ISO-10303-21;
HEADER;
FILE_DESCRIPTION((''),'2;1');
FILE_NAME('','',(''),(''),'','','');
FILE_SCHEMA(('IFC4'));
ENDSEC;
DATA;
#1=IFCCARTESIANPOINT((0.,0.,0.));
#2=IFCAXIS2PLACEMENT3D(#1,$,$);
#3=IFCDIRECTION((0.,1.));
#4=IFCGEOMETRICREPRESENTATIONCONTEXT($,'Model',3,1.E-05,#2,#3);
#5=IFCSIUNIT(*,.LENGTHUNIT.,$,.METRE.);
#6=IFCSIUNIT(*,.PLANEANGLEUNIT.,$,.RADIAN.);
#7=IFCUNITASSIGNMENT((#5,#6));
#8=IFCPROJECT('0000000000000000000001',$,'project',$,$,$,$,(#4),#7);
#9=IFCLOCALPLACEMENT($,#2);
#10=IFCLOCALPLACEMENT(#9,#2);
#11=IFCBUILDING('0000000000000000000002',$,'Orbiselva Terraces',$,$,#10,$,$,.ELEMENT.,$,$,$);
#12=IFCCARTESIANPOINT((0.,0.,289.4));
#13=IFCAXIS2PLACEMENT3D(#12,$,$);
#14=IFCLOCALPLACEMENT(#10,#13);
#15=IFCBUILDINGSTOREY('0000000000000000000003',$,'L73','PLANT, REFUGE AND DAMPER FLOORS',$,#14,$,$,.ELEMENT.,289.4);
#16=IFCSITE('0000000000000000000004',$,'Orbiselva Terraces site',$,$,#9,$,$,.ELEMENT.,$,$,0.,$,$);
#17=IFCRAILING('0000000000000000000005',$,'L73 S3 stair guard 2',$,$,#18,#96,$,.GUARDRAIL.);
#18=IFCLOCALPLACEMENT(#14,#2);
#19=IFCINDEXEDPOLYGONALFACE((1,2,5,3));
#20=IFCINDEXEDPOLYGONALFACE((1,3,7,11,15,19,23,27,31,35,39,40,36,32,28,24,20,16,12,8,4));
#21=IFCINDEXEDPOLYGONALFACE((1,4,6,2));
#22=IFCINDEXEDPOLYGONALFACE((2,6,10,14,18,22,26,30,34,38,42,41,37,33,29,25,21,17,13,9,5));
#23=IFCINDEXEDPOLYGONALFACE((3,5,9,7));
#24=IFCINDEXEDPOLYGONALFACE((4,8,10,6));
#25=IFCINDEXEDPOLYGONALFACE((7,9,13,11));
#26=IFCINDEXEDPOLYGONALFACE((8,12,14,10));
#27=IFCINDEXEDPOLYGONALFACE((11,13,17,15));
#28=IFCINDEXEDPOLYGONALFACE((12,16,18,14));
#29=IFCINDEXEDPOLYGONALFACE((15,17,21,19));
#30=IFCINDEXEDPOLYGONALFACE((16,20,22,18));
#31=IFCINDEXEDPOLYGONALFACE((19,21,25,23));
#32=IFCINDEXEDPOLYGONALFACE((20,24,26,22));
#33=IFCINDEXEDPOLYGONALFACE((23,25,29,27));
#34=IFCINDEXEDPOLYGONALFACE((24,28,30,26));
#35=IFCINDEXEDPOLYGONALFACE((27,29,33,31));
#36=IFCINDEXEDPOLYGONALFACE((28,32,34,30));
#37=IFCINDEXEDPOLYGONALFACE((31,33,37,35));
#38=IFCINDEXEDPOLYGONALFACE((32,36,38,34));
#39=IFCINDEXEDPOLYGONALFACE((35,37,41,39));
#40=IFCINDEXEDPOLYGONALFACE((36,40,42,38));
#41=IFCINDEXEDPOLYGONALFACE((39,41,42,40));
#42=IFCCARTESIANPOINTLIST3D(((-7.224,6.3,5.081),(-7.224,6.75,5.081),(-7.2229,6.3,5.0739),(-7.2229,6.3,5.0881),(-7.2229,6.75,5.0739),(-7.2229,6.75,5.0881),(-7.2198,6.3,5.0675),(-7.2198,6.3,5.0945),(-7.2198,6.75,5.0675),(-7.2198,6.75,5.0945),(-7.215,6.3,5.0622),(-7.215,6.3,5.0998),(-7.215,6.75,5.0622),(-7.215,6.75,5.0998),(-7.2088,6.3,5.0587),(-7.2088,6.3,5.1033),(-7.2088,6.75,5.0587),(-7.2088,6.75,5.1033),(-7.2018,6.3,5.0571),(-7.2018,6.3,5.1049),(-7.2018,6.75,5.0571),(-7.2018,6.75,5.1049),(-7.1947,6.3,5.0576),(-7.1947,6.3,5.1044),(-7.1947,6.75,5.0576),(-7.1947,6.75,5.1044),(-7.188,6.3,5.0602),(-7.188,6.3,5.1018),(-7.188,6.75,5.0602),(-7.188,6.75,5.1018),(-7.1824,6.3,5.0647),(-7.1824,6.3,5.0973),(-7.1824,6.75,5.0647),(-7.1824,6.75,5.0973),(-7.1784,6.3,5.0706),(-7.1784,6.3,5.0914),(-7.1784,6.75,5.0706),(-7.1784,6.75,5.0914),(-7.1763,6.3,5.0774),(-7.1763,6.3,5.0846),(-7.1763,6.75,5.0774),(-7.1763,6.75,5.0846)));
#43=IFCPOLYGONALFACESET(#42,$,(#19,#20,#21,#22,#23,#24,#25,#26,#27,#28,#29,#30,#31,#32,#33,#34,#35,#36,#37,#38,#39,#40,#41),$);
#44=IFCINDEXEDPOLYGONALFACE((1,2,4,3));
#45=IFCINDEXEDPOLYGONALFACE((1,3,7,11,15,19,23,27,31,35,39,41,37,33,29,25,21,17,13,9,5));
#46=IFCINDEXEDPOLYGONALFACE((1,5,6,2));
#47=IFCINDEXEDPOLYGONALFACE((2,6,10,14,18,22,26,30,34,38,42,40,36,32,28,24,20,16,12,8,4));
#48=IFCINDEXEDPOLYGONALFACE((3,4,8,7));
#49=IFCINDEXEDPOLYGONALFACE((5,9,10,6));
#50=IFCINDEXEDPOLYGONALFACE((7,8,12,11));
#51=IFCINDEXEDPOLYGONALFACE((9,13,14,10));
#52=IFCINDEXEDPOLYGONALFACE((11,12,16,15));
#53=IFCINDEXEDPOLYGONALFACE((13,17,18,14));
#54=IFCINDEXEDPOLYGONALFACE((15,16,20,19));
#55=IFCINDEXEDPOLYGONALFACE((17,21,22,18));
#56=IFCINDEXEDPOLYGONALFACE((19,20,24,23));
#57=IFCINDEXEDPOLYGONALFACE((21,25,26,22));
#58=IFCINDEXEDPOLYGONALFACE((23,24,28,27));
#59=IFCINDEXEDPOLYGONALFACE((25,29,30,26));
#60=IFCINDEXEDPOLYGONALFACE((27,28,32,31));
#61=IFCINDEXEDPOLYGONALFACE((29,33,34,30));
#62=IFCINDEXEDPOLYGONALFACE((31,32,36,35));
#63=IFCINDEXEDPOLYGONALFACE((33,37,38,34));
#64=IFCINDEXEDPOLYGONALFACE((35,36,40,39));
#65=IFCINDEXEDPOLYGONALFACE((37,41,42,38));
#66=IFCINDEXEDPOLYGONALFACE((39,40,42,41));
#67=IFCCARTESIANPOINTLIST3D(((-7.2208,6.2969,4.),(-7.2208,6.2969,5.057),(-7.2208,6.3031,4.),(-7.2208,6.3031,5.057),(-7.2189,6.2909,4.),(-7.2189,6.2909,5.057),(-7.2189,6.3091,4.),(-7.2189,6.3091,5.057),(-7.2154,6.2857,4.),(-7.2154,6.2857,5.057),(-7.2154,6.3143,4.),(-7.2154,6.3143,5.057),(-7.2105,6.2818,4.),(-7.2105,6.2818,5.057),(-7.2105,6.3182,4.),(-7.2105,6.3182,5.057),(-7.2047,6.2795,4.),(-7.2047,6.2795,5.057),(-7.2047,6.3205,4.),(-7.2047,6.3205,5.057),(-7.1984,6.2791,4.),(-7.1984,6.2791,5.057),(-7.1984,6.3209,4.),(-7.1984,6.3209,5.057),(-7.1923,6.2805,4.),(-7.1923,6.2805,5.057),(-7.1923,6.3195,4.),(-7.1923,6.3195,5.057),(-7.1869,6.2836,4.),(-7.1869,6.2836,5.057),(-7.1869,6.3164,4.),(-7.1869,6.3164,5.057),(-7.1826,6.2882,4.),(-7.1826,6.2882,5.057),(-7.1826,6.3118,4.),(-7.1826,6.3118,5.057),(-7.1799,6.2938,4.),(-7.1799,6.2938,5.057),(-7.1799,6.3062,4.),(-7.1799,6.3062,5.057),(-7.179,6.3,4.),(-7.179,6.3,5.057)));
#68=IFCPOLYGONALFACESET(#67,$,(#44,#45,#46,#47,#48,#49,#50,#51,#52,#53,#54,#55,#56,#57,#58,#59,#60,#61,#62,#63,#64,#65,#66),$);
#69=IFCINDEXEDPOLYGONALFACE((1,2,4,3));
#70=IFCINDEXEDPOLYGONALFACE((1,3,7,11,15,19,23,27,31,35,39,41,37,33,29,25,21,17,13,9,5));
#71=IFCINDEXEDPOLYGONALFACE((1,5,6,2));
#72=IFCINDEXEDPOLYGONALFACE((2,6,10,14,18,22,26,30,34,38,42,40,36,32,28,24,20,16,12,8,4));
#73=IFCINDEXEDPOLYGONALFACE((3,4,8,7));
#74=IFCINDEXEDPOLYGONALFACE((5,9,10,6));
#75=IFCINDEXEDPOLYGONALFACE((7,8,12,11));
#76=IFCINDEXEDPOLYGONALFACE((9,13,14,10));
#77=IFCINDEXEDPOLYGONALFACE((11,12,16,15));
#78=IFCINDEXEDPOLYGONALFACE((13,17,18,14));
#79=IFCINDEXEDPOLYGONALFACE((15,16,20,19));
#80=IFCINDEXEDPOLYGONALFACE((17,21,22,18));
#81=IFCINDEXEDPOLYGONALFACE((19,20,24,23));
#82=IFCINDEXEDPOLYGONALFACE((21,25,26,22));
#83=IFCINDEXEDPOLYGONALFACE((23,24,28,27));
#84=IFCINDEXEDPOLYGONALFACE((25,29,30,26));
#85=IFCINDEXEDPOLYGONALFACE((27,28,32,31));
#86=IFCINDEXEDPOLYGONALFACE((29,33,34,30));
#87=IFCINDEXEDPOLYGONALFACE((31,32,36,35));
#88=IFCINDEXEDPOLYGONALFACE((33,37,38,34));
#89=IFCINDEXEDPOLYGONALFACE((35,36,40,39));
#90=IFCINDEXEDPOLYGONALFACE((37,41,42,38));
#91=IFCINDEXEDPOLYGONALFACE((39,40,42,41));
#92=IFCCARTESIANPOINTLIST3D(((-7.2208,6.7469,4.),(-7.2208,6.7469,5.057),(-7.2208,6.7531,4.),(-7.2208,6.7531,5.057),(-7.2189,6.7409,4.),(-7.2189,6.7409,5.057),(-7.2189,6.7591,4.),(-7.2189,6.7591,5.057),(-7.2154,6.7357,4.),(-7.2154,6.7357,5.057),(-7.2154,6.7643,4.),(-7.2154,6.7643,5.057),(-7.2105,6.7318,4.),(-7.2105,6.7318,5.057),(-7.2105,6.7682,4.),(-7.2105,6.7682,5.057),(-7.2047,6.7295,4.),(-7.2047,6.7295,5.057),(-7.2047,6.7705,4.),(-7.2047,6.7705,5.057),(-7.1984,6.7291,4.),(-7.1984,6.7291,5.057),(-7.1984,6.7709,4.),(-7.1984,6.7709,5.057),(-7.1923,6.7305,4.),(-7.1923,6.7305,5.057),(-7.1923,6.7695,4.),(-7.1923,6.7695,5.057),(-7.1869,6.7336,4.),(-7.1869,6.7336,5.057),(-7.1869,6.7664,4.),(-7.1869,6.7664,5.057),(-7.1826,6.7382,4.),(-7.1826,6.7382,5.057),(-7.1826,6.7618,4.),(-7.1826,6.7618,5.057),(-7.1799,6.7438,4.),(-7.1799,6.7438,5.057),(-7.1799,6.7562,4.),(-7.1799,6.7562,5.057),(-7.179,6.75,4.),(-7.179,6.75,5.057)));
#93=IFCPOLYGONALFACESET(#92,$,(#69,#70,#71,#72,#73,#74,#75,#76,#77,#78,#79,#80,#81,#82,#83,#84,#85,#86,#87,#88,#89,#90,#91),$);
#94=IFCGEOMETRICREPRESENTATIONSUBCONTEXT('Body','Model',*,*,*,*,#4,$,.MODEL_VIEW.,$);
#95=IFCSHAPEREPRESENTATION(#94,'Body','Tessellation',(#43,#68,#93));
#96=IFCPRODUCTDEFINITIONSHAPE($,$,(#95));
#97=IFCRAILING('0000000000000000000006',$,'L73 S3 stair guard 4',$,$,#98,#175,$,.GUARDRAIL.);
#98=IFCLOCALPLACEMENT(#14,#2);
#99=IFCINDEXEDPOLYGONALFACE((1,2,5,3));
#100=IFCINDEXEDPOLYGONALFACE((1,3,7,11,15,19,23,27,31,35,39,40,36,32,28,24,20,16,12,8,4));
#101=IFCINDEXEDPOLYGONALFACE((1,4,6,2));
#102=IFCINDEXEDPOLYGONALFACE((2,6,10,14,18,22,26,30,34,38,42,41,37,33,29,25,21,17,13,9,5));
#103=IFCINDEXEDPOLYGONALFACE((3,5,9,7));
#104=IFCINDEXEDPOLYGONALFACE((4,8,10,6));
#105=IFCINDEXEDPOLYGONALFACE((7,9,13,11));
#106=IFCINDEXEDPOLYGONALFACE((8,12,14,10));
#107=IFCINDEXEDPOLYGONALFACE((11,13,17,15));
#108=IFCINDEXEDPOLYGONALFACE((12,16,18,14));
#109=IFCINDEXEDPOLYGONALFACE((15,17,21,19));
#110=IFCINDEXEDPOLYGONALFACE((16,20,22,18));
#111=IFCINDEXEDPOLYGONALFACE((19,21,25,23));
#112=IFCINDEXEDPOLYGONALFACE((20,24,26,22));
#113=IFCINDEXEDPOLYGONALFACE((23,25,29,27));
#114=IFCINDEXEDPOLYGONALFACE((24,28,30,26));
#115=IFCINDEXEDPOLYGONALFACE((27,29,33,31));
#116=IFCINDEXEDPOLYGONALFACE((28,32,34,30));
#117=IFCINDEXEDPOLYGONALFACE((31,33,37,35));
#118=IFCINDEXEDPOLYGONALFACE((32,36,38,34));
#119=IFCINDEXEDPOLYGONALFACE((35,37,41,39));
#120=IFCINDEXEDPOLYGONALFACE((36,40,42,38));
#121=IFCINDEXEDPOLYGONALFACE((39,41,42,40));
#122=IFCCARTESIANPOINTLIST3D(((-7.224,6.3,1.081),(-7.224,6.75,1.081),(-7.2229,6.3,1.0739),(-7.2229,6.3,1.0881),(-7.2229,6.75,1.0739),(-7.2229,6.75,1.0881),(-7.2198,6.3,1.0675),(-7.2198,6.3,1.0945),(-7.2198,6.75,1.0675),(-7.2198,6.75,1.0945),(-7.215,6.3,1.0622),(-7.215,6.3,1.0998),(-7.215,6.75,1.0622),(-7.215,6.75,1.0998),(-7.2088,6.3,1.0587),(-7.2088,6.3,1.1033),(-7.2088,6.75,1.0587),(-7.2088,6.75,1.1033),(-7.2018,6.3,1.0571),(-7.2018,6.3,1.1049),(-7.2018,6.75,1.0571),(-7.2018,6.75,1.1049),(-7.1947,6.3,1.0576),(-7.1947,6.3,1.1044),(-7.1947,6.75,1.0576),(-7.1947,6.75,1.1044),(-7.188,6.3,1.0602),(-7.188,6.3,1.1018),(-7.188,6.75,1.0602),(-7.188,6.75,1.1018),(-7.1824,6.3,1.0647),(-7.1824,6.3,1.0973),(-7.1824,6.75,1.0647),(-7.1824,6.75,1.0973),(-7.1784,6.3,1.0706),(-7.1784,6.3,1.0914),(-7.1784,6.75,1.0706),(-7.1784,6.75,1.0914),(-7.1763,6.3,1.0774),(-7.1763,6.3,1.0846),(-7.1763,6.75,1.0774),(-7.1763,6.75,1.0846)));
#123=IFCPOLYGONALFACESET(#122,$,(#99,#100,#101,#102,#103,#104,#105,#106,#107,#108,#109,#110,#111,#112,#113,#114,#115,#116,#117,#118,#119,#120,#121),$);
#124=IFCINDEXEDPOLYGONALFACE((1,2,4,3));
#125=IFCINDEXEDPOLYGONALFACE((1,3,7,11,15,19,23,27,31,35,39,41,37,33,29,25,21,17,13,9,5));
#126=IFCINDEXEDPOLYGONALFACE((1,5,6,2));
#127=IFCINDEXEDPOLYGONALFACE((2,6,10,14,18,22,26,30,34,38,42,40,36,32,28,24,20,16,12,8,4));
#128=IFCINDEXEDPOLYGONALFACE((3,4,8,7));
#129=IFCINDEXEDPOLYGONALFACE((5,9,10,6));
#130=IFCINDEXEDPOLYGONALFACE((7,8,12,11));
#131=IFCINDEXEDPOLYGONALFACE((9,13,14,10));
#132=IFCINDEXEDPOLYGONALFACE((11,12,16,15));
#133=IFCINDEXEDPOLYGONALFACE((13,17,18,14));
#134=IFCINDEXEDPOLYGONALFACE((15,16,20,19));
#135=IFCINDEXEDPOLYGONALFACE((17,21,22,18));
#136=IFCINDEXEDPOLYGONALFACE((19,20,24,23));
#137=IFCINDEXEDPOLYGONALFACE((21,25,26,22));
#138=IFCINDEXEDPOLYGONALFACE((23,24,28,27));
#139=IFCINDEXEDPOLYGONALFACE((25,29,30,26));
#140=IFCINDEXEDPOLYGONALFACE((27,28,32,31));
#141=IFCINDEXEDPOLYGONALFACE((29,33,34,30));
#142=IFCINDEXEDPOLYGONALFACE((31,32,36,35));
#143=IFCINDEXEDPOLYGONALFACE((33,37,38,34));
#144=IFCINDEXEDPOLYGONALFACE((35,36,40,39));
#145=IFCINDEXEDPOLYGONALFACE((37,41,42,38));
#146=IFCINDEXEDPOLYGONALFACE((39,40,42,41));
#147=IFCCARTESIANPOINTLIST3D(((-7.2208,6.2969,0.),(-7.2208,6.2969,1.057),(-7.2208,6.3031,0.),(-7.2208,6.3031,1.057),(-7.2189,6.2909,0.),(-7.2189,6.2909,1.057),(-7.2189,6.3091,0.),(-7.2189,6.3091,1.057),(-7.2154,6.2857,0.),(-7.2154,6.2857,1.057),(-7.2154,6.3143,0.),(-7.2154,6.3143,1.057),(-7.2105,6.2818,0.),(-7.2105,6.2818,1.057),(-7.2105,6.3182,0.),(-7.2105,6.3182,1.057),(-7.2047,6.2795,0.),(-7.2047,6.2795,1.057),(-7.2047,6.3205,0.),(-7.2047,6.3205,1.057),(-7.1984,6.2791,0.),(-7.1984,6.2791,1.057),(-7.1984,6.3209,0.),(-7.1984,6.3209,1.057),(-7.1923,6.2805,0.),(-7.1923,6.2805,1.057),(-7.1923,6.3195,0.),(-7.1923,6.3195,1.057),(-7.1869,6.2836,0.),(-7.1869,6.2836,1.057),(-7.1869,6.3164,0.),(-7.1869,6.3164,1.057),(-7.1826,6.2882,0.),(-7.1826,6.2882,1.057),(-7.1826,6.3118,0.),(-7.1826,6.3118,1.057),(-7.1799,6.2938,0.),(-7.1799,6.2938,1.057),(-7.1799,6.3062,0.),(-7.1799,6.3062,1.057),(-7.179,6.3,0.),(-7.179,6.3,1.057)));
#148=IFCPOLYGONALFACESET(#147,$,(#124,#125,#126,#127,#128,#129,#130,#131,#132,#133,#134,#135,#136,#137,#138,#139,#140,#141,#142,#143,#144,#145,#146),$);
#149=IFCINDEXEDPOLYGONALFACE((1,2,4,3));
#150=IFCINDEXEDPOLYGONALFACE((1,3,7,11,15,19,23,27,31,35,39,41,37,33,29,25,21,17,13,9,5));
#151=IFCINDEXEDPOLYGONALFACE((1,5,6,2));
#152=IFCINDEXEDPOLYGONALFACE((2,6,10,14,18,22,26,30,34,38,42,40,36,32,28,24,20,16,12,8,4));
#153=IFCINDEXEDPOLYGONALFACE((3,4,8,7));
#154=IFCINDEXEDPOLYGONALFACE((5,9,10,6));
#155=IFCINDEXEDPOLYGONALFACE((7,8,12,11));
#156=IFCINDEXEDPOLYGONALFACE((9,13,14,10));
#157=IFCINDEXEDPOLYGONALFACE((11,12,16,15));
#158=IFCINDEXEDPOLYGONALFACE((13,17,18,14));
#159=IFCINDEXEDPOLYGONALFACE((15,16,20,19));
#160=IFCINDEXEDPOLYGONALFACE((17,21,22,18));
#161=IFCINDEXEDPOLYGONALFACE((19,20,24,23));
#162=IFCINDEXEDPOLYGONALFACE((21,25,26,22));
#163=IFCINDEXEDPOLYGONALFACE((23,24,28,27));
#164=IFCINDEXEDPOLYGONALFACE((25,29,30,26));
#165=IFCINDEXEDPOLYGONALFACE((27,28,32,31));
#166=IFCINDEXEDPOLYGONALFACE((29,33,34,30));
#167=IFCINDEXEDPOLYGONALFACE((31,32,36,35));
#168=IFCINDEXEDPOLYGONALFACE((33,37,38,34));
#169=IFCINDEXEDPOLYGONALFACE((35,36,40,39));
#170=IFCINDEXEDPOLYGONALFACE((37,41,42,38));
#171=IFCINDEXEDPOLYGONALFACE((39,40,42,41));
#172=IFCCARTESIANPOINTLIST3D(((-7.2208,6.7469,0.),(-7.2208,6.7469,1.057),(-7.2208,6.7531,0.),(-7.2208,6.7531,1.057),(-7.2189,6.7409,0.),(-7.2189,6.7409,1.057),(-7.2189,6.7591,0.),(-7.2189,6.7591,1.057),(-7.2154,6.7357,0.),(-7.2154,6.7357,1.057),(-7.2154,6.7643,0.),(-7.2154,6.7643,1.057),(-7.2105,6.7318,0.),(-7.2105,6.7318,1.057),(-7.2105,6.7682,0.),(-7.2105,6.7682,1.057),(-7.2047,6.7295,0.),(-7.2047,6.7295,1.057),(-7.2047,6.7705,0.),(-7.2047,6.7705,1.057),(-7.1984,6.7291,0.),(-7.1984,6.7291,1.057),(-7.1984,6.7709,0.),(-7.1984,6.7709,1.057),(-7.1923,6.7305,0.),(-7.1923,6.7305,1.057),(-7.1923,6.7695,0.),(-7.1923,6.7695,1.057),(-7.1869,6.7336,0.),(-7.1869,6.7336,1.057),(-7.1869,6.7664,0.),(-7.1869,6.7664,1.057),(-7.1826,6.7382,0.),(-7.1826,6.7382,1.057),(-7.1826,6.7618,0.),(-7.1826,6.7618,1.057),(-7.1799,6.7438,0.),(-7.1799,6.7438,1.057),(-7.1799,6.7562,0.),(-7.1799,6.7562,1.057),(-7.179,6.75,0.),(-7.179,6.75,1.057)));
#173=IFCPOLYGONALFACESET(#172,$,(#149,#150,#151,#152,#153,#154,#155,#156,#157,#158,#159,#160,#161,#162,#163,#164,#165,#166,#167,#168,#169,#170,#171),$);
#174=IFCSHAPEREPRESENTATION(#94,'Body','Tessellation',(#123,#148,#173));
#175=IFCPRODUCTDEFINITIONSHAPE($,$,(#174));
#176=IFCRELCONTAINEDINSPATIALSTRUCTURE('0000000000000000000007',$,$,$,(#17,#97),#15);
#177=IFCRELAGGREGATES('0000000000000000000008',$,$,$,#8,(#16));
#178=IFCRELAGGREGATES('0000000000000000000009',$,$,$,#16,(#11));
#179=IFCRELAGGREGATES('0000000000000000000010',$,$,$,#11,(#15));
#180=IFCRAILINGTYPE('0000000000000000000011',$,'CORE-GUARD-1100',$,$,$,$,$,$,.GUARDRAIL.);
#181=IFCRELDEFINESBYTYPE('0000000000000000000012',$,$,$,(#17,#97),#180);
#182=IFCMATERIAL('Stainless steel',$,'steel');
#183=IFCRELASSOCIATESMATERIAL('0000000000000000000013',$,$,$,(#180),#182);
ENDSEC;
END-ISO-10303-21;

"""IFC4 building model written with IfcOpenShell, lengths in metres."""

from ifc_helpers import new_model, si_unit, direction, frame, origin, origin_2d, place, context, subcontext, project, spatial, circle, extrude, material, type_object, element, save


model = new_model("IFC4")

# Units and contexts
model_context = context("Model", 3, precision=1e-05, world=origin(), true_north=direction((0.0, 1.0)))
body_context = subcontext(model_context, "Body", "Model", "MODEL_VIEW")
ifc_project = project(units=[si_unit("LENGTHUNIT", "METRE"), si_unit("PLANEANGLEUNIT", "RADIAN")], contexts=[model_context])

# Site, building, storey
site_placement = place(None, origin())
site = spatial("IfcSite", under=ifc_project, at=site_placement, Name="Orbiselva Terraces site", CompositionType="ELEMENT", RefElevation=0.0)
building_placement = place(site_placement, origin())
building = spatial("IfcBuilding", under=site, at=building_placement, Name="Orbiselva Terraces", CompositionType="ELEMENT")
storey_placement = place(building_placement, frame((0.0, 0.0, 289.4)))
storey = spatial("IfcBuildingStorey", under=building, at=storey_placement, Name="L73", Description="PLANT, REFUGE AND DAMPER FLOORS", CompositionType="ELEMENT", Elevation=289.4)

# Railings
ifc_material_1 = material(Name="Stainless steel", Category="steel")
railing_type_1 = type_object("IfcRailingType", Name="CORE-GUARD-1100", PredefinedType="GUARDRAIL", material=ifc_material_1)
railing_1_placement = place(storey_placement, frame((-7.2, 6.3, 4.0)))
element("IfcRailing", 1, at=railing_1_placement, inside=storey, type_object=railing_type_1, Name="L73 S3 stair guard 2", PredefinedType="GUARDRAIL", context=body_context, shape_type="SweptSolid", body=[
    extrude(circle(Radius=0.024, at=origin_2d()), frame((0.0, 0.0, 1.081), z_axis=(0.0, 1.0, 0.0), x_axis=(-1.0, 0.0, 0.0)), (0.0, 0.0, 1.0), 0.45),
    extrude(circle(Radius=0.021, at=origin_2d()), origin(), (0.0, 0.0, 1.0), 1.057),
    extrude(circle(Radius=0.021, at=origin_2d()), frame((0.0, 0.45, 0.0)), (0.0, 0.0, 1.0), 1.057),
])
railing_2_placement = place(storey_placement, frame((-7.2, 6.3, 0.0)))
element("IfcRailing", 2, at=railing_2_placement, inside=storey, type_object=railing_type_1, Name="L73 S3 stair guard 4", PredefinedType="GUARDRAIL", context=body_context, shape_type="SweptSolid", body=[
    extrude(circle(Radius=0.024, at=origin_2d()), frame((0.0, 0.0, 1.081), z_axis=(0.0, 1.0, 0.0), x_axis=(-1.0, 0.0, 0.0)), (0.0, 0.0, 1.0), 0.45),
    extrude(circle(Radius=0.021, at=origin_2d()), origin(), (0.0, 0.0, 1.0), 1.057),
    extrude(circle(Radius=0.021, at=origin_2d()), frame((0.0, 0.45, 0.0)), (0.0, 0.0, 1.0), 1.057),
])

save(model, "model.ifc")
